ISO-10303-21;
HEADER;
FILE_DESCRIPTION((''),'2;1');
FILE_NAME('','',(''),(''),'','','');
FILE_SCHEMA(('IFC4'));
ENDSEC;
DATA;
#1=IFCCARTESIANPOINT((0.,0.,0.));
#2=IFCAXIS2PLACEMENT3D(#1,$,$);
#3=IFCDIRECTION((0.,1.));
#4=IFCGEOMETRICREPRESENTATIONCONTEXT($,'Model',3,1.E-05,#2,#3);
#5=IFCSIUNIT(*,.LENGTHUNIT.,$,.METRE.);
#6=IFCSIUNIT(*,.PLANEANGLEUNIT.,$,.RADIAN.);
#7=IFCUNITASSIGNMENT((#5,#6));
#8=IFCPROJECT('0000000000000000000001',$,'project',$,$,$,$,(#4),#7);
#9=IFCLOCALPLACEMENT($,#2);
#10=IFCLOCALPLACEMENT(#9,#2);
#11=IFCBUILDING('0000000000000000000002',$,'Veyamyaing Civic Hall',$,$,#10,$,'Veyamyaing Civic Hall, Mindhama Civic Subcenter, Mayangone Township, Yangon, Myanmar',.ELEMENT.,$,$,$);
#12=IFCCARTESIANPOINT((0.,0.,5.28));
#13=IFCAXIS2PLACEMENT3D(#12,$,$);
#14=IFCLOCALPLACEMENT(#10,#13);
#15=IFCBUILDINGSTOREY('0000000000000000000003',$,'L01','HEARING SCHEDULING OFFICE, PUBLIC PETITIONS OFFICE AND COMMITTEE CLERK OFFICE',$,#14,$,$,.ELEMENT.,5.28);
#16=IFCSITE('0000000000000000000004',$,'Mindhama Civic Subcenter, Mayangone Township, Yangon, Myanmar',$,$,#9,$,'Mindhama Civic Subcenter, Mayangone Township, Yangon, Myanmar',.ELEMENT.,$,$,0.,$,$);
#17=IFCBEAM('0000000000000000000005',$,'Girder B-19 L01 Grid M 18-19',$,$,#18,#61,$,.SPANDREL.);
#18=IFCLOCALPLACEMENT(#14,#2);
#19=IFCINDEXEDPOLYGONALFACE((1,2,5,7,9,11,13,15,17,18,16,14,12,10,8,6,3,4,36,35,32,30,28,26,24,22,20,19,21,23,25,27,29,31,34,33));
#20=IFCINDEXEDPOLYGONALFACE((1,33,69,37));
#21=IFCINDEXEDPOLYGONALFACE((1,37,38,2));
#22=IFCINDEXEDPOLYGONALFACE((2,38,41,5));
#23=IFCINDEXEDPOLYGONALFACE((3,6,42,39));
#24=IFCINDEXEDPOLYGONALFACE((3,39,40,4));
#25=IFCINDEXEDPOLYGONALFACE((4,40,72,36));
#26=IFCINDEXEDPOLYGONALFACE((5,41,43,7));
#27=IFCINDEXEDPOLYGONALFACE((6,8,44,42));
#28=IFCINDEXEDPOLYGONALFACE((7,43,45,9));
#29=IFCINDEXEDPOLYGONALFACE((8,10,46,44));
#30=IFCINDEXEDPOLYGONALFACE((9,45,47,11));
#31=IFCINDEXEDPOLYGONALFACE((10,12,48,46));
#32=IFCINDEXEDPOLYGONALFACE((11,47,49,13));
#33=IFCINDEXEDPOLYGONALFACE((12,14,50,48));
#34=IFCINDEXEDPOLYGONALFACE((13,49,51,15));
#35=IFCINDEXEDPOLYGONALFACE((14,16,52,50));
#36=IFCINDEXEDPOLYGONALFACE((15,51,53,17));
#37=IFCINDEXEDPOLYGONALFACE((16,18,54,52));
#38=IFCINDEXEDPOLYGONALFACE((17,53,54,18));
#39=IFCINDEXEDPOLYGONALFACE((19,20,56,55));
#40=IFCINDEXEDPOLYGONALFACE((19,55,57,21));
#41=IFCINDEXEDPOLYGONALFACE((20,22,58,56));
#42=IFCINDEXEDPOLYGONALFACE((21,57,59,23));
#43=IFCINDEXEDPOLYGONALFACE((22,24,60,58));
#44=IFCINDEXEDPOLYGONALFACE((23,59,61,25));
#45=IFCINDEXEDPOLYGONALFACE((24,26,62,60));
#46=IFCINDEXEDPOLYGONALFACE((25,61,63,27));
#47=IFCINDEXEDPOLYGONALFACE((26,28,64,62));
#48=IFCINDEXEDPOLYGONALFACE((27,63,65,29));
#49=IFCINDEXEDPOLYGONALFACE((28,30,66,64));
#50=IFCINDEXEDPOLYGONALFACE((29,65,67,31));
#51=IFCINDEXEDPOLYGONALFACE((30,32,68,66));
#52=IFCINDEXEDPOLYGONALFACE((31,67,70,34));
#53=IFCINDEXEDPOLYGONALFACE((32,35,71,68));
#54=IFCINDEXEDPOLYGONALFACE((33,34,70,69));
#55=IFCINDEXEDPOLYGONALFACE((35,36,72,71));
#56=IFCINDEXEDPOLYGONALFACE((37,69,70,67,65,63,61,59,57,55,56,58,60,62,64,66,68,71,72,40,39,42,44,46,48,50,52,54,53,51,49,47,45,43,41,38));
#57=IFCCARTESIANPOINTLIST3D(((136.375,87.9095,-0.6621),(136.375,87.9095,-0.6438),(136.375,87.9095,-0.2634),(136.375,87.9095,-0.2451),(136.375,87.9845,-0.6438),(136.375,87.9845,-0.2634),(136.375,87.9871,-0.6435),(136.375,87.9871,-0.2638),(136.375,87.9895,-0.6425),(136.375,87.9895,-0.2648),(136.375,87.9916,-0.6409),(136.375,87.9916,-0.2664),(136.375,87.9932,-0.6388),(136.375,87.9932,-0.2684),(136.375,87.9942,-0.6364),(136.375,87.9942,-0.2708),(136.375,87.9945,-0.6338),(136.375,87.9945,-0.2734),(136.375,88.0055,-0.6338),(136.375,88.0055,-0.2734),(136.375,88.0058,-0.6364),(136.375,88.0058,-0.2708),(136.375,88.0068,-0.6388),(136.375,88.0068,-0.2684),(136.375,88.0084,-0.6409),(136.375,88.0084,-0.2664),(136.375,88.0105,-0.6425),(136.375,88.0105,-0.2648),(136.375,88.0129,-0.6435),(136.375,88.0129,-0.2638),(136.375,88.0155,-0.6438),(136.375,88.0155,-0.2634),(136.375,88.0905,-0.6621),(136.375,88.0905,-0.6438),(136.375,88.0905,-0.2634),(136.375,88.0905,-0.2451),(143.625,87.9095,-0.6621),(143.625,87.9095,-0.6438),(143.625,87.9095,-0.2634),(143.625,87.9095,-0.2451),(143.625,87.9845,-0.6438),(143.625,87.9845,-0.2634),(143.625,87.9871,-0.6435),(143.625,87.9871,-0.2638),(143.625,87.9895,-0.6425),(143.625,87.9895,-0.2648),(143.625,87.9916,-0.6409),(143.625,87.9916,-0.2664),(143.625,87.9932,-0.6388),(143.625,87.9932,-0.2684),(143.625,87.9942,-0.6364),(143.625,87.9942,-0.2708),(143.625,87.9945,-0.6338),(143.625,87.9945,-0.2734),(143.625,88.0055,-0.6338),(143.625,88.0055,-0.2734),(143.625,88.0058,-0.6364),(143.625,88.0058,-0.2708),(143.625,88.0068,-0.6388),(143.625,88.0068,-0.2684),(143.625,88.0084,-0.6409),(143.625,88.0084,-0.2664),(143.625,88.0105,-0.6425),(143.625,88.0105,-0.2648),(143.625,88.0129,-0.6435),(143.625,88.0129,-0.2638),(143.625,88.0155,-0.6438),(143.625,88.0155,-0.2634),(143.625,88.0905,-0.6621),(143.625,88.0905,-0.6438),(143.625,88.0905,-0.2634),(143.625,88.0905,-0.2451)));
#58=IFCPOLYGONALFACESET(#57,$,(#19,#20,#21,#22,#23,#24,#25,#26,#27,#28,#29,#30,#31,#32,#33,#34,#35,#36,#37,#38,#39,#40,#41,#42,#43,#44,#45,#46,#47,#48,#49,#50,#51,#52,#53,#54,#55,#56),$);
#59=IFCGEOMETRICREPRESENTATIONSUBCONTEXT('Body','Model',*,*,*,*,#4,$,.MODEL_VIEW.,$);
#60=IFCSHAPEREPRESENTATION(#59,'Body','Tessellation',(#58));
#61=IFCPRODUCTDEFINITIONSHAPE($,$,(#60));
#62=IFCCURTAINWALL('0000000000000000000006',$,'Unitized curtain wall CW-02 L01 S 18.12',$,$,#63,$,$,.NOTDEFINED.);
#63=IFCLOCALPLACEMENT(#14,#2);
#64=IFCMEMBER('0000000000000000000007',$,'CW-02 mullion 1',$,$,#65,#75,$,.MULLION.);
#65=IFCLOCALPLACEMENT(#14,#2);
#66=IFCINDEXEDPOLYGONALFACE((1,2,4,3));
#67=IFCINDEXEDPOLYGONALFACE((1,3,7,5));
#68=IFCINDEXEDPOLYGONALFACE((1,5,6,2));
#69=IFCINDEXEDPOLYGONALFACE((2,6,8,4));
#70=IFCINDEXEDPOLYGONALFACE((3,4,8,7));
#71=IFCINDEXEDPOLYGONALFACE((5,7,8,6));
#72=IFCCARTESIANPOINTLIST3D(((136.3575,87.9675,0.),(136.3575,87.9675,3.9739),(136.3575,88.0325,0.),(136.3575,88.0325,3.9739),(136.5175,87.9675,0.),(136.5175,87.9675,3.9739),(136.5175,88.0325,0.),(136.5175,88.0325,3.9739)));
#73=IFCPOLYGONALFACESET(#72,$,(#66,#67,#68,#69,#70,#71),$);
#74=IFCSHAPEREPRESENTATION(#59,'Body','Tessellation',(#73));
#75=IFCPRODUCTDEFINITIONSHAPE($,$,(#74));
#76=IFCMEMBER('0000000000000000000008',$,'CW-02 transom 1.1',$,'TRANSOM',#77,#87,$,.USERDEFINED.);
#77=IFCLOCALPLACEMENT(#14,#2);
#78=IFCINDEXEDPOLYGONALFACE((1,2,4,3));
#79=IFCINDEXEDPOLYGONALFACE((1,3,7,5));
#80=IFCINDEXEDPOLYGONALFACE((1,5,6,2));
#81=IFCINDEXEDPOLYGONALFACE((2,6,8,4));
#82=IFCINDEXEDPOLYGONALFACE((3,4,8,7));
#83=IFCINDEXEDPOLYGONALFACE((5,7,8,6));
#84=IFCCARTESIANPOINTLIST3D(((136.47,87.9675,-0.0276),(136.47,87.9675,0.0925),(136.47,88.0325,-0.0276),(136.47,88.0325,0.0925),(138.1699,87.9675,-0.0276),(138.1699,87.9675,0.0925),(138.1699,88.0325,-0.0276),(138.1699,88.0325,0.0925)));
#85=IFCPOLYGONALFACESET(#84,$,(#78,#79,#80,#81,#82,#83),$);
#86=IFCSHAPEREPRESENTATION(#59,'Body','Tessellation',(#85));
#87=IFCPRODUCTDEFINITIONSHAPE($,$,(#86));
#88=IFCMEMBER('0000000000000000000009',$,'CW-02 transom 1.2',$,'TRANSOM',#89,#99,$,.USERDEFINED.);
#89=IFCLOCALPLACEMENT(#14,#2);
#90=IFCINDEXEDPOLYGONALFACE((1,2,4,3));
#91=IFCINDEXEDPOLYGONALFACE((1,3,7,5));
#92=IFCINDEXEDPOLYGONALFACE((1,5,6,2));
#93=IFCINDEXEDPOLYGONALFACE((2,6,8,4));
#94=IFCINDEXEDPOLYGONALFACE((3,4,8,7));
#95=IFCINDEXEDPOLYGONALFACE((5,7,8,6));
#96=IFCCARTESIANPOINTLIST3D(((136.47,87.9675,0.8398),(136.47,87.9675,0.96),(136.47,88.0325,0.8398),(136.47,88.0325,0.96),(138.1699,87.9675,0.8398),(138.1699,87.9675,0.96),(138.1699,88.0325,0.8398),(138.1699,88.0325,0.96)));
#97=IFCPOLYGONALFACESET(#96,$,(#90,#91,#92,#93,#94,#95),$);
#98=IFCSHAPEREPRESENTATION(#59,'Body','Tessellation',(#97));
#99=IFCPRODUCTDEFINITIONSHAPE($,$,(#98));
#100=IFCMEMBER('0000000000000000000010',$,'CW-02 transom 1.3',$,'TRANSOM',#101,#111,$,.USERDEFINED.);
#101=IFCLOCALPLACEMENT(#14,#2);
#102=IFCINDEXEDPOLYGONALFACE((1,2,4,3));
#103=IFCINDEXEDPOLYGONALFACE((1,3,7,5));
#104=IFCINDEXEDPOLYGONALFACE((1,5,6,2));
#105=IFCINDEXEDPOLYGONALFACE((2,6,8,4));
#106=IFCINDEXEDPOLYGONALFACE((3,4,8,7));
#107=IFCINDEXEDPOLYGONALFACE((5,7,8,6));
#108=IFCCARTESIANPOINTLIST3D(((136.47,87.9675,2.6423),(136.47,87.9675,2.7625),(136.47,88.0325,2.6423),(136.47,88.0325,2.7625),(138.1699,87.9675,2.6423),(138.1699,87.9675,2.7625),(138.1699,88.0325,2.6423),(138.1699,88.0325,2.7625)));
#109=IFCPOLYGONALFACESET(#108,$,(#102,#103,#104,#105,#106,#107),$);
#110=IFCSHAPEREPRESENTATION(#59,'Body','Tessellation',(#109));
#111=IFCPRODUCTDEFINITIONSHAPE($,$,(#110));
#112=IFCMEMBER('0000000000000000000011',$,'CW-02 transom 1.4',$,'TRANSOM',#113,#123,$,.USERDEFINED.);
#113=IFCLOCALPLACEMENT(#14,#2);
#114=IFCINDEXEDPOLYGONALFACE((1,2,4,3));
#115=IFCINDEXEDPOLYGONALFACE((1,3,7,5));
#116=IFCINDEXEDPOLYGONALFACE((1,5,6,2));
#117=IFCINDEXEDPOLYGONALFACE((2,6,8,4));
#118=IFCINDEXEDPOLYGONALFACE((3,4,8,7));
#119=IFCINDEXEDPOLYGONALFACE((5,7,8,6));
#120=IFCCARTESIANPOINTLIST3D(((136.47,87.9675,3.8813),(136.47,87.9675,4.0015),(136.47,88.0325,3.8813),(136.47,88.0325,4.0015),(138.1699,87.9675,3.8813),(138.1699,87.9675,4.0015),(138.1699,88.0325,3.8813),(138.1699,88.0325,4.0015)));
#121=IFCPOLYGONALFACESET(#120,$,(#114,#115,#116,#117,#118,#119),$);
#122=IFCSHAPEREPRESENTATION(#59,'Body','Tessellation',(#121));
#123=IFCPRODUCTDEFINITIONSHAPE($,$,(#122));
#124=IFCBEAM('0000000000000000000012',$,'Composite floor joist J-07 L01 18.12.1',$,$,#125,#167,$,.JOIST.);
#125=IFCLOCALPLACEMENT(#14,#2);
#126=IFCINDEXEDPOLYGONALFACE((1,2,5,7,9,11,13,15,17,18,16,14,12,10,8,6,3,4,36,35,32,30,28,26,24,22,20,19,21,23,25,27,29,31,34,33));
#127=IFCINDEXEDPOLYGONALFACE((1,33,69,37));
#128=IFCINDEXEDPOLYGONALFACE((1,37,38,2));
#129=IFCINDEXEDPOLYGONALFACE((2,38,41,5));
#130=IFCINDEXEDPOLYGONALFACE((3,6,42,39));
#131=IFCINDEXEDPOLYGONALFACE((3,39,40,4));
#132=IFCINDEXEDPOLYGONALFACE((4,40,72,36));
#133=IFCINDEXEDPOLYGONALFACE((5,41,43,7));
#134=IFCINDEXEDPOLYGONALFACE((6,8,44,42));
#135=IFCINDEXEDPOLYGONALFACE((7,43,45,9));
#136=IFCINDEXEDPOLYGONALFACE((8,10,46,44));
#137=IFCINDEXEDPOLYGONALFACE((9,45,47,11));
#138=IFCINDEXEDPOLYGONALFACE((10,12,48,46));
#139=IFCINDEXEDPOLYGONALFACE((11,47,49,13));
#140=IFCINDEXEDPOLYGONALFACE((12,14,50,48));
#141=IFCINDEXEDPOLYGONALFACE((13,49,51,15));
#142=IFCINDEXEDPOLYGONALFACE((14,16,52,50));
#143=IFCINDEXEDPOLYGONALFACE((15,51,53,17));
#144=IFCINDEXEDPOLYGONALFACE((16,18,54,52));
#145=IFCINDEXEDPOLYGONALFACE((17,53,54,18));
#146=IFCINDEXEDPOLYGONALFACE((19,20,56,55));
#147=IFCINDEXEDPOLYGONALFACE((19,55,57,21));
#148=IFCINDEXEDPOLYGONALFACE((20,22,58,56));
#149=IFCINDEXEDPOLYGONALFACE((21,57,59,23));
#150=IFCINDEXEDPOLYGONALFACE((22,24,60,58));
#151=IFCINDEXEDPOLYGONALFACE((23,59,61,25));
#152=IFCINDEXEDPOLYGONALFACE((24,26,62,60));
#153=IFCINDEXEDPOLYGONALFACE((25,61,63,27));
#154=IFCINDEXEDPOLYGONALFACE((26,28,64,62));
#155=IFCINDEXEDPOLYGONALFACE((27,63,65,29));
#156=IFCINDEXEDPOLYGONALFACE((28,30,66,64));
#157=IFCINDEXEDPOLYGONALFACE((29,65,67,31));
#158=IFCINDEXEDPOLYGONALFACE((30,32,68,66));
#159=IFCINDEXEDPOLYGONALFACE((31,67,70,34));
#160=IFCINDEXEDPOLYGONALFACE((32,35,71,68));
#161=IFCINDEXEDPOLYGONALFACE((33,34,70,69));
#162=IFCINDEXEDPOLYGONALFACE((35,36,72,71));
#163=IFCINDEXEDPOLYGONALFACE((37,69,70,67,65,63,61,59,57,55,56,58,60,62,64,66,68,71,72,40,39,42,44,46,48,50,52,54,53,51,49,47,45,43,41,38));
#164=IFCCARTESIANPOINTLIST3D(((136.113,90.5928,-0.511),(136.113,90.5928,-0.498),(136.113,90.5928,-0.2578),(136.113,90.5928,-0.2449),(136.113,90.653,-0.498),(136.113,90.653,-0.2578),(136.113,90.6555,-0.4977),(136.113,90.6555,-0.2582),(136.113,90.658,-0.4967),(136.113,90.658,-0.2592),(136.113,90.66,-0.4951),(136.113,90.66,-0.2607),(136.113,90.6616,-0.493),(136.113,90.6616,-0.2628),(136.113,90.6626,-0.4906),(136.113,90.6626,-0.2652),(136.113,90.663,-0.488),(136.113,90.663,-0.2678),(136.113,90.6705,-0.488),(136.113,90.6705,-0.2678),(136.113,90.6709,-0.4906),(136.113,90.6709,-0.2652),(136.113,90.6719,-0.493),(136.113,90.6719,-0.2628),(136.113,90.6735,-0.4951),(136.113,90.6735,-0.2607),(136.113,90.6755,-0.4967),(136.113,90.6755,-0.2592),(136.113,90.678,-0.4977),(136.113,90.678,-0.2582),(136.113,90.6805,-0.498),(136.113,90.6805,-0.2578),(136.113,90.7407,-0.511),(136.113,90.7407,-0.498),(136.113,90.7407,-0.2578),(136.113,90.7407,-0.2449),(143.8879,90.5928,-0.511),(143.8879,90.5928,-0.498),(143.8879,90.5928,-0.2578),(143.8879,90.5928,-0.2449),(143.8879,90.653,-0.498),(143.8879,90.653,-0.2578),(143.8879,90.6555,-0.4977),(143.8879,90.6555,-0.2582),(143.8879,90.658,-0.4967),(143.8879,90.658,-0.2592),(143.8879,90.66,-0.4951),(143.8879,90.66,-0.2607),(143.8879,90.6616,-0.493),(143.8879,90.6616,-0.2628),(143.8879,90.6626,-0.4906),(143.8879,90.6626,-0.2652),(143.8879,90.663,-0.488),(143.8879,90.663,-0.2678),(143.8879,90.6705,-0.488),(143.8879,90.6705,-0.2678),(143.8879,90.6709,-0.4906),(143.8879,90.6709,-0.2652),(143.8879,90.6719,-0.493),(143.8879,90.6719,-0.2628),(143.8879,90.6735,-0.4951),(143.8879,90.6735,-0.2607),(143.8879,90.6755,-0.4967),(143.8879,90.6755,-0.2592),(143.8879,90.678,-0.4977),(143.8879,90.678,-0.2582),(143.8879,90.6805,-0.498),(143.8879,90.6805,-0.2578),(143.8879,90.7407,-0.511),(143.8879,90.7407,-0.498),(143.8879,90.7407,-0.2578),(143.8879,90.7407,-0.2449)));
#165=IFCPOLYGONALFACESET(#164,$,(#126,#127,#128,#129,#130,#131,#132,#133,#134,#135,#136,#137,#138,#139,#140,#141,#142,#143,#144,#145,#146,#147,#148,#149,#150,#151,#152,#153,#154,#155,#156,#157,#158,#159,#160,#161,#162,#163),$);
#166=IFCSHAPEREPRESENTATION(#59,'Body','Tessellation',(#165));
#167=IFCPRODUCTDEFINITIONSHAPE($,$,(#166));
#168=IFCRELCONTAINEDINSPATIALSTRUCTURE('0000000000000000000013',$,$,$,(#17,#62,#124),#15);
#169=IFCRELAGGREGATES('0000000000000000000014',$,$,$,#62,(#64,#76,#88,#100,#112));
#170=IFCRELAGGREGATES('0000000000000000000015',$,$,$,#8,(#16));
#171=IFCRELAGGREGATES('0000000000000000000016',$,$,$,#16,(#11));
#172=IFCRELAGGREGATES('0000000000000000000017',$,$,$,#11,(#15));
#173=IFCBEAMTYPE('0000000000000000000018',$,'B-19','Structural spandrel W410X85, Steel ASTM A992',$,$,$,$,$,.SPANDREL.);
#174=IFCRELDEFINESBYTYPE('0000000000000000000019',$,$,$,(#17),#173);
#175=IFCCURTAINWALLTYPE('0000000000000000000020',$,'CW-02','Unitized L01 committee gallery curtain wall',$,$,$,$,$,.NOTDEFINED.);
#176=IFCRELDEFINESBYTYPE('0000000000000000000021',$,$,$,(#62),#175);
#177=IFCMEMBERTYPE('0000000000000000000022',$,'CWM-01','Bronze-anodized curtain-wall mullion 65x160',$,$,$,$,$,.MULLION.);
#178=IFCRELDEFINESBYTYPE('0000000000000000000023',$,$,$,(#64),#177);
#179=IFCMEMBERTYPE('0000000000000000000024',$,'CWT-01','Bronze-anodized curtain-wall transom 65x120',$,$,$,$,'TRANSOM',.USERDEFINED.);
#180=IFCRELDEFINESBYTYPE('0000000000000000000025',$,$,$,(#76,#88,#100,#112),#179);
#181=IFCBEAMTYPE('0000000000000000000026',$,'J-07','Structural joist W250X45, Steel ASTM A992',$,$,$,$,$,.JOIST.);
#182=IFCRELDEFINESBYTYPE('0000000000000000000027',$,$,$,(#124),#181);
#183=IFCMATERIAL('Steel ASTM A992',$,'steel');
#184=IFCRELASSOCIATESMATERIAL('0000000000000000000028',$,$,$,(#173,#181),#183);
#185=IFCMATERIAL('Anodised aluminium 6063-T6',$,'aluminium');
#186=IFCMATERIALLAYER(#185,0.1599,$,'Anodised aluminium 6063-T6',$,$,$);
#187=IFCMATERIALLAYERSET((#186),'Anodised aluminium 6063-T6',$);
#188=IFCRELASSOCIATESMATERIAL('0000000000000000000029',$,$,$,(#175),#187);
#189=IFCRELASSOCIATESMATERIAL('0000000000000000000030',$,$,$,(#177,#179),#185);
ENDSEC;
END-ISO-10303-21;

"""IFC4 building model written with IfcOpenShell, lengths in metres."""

from ifc_helpers import new_model, si_unit, direction, frame, origin, origin_2d, place, context, subcontext, project, spatial, rectangle, i_section, extrude, material, layer, layer_set, material_profile, profile_set, type_object, element, aggregate, save


model = new_model("IFC4")

# Units and contexts
model_context = context("Model", 3, precision=1e-05, world=origin(), true_north=direction((0.0, 1.0)))
body_context = subcontext(model_context, "Body", "Model", "MODEL_VIEW")
ifc_project = project(units=[si_unit("LENGTHUNIT", "METRE"), si_unit("PLANEANGLEUNIT", "RADIAN")], contexts=[model_context])

# Site, building, storey
site_placement = place(None, origin())
site = spatial("IfcSite", under=ifc_project, at=site_placement, Name="Mindhama Civic Subcenter, Mayangone Township, Yangon, Myanmar", LongName="Mindhama Civic Subcenter, Mayangone Township, Yangon, Myanmar", CompositionType="ELEMENT", RefElevation=0.0)
building_placement = place(site_placement, origin())
building = spatial("IfcBuilding", under=site, at=building_placement, Name="Veyamyaing Civic Hall", LongName="Veyamyaing Civic Hall, Mindhama Civic Subcenter, Mayangone Township, Yangon, Myanmar", CompositionType="ELEMENT")
storey_placement = place(building_placement, frame((0.0, 0.0, 5.28)))
storey = spatial("IfcBuildingStorey", under=building, at=storey_placement, Name="L01", Description="HEARING SCHEDULING OFFICE, PUBLIC PETITIONS OFFICE AND COMMITTEE CLERK OFFICE", CompositionType="ELEMENT", Elevation=5.28)

# Beam
ifc_material_1 = material(Name="Steel ASTM A992", Category="steel")
ifc_material_profile_1 = material_profile(ifc_material_1, i_section(OverallWidth=0.1809, OverallDepth=0.417, WebThickness=0.011, FlangeThickness=0.0183, FilletRadius=0.01, at=origin_2d()), Name="W410X85")
ifc_profile_set_1 = profile_set([ifc_material_profile_1], Name="Steel ASTM A992")
beam_type_1 = type_object("IfcBeamType", Name="B-19", Description="Structural spandrel W410X85, Steel ASTM A992", PredefinedType="SPANDREL", material=ifc_profile_set_1)
beam_1_placement = place(storey_placement, frame((136.375, 88.0, -0.4536), z_axis=(1.0, 0.0, 0.0), x_axis=(0.0, 1.0, 0.0)))
element("IfcBeam", 1, at=beam_1_placement, inside=storey, type_object=beam_type_1, Name="Girder B-19 L01 Grid M 18-19", PredefinedType="SPANDREL", context=body_context, shape_type="SweptSolid", body=[
    extrude(i_section(OverallWidth=0.1809, OverallDepth=0.417, WebThickness=0.011, FlangeThickness=0.0183, FilletRadius=0.01, at=origin_2d()), origin(), (0.0, 0.0, 1.0), 7.25),
])

# Curtain wall, members
ifc_material_2 = material(Name="Anodised aluminium 6063-T6", Category="aluminium")
ifc_layer_1 = layer(ifc_material_2, 0.1599, Name="Anodised aluminium 6063-T6")
ifc_layer_set_1 = layer_set([ifc_layer_1], Name="Anodised aluminium 6063-T6")
curtain_wall_type = type_object("IfcCurtainWallType", Name="CW-02", Description="Unitized L01 committee gallery curtain wall", PredefinedType="NOTDEFINED", material=ifc_layer_set_1)
curtain_wall_placement = place(storey_placement, origin())
curtain_wall = element("IfcCurtainWall", 2, at=curtain_wall_placement, inside=storey, type_object=curtain_wall_type, Name="Unitized curtain wall CW-02 L01 S 18.12", PredefinedType="NOTDEFINED")
ifc_material_profile_2 = material_profile(ifc_material_2, rectangle(XDim=0.0649, YDim=0.1599, at=origin_2d()), Name="ALU-MUL-65X160")
ifc_profile_set_2 = profile_set([ifc_material_profile_2], Name="Anodised aluminium 6063-T6")
member_type_1 = type_object("IfcMemberType", Name="CWM-01", Description="Bronze-anodized curtain-wall mullion 65x160", PredefinedType="MULLION", material=ifc_profile_set_2)
member_1_placement = place(storey_placement, frame((136.4375, 88.0, 0.0), z_axis=(0.0, 0.0, 1.0), x_axis=(0.0, 1.0, 0.0)))
member_1 = element("IfcMember", 3, at=member_1_placement, type_object=member_type_1, Name="CW-02 mullion 1", PredefinedType="MULLION", context=body_context, shape_type="SweptSolid", body=[
    extrude(rectangle(XDim=0.0649, YDim=0.1599, at=origin_2d()), origin(), (0.0, 0.0, 1.0), 3.9739),
])
ifc_material_profile_3 = material_profile(ifc_material_2, rectangle(XDim=0.0649, YDim=0.1201, at=origin_2d()), Name="ALU-TRN-65X120")
ifc_profile_set_3 = profile_set([ifc_material_profile_3], Name="Anodised aluminium 6063-T6")
member_type_2 = type_object("IfcMemberType", Name="CWT-01", Description="Bronze-anodized curtain-wall transom 65x120", ElementType="TRANSOM", PredefinedType="USERDEFINED", material=ifc_profile_set_3)
member_2_placement = place(storey_placement, frame((136.47, 88.0, 0.0325), z_axis=(1.0, 0.0, 0.0), x_axis=(0.0, 1.0, 0.0)))
member_2 = element("IfcMember", 4, at=member_2_placement, type_object=member_type_2, Name="CW-02 transom 1.1", ObjectType="TRANSOM", PredefinedType="USERDEFINED", context=body_context, shape_type="SweptSolid", body=[
    extrude(rectangle(XDim=0.0649, YDim=0.1201, at=origin_2d()), origin(), (0.0, 0.0, 1.0), 1.7),
])
member_3_placement = place(storey_placement, frame((136.47, 88.0, 0.8999), z_axis=(1.0, 0.0, 0.0), x_axis=(0.0, 1.0, 0.0)))
member_3 = element("IfcMember", 5, at=member_3_placement, type_object=member_type_2, Name="CW-02 transom 1.2", ObjectType="TRANSOM", PredefinedType="USERDEFINED", context=body_context, shape_type="SweptSolid", body=[
    extrude(rectangle(XDim=0.0649, YDim=0.1201, at=origin_2d()), origin(), (0.0, 0.0, 1.0), 1.7),
])
member_4_placement = place(storey_placement, frame((136.47, 88.0, 2.7024), z_axis=(1.0, 0.0, 0.0), x_axis=(0.0, 1.0, 0.0)))
member_4 = element("IfcMember", 6, at=member_4_placement, type_object=member_type_2, Name="CW-02 transom 1.3", ObjectType="TRANSOM", PredefinedType="USERDEFINED", context=body_context, shape_type="SweptSolid", body=[
    extrude(rectangle(XDim=0.0649, YDim=0.1201, at=origin_2d()), origin(), (0.0, 0.0, 1.0), 1.7),
])
member_5_placement = place(storey_placement, frame((136.47, 88.0, 3.9414), z_axis=(1.0, 0.0, 0.0), x_axis=(0.0, 1.0, 0.0)))
member_5 = element("IfcMember", 7, at=member_5_placement, type_object=member_type_2, Name="CW-02 transom 1.4", ObjectType="TRANSOM", PredefinedType="USERDEFINED", context=body_context, shape_type="SweptSolid", body=[
    extrude(rectangle(XDim=0.0649, YDim=0.1201, at=origin_2d()), origin(), (0.0, 0.0, 1.0), 1.7),
])

# Beam
ifc_material_profile_4 = material_profile(ifc_material_1, i_section(OverallWidth=0.1479, OverallDepth=0.2661, WebThickness=0.0076, FlangeThickness=0.0129, FilletRadius=0.01, at=origin_2d()), Name="W250X45")
ifc_profile_set_4 = profile_set([ifc_material_profile_4], Name="Steel ASTM A992")
beam_type_2 = type_object("IfcBeamType", Name="J-07", Description="Structural joist W250X45, Steel ASTM A992", PredefinedType="JOIST", material=ifc_profile_set_4)
for number, where, z_axis, x_axis, name in (
    (8, (136.113, 90.6667, -0.3779), (1.0, 0.0, 0.0), (0.0, 1.0, 0.0), "Composite floor joist J-07 L01 18.12.1"),
):
    element("IfcBeam", number, at=place(storey_placement, frame(where, z_axis=z_axis, x_axis=x_axis)), inside=storey, type_object=beam_type_2, Name=name, PredefinedType="JOIST", context=body_context, shape_type="SweptSolid", body=[
        extrude(i_section(OverallWidth=0.1479, OverallDepth=0.2661, WebThickness=0.0076, FlangeThickness=0.0129, FilletRadius=0.01, at=origin_2d()), origin(), (0.0, 0.0, 1.0), 7.7749),
    ])

aggregate(curtain_wall, [member_1, member_2, member_3, member_4, member_5])

save(model, "model.ifc")
